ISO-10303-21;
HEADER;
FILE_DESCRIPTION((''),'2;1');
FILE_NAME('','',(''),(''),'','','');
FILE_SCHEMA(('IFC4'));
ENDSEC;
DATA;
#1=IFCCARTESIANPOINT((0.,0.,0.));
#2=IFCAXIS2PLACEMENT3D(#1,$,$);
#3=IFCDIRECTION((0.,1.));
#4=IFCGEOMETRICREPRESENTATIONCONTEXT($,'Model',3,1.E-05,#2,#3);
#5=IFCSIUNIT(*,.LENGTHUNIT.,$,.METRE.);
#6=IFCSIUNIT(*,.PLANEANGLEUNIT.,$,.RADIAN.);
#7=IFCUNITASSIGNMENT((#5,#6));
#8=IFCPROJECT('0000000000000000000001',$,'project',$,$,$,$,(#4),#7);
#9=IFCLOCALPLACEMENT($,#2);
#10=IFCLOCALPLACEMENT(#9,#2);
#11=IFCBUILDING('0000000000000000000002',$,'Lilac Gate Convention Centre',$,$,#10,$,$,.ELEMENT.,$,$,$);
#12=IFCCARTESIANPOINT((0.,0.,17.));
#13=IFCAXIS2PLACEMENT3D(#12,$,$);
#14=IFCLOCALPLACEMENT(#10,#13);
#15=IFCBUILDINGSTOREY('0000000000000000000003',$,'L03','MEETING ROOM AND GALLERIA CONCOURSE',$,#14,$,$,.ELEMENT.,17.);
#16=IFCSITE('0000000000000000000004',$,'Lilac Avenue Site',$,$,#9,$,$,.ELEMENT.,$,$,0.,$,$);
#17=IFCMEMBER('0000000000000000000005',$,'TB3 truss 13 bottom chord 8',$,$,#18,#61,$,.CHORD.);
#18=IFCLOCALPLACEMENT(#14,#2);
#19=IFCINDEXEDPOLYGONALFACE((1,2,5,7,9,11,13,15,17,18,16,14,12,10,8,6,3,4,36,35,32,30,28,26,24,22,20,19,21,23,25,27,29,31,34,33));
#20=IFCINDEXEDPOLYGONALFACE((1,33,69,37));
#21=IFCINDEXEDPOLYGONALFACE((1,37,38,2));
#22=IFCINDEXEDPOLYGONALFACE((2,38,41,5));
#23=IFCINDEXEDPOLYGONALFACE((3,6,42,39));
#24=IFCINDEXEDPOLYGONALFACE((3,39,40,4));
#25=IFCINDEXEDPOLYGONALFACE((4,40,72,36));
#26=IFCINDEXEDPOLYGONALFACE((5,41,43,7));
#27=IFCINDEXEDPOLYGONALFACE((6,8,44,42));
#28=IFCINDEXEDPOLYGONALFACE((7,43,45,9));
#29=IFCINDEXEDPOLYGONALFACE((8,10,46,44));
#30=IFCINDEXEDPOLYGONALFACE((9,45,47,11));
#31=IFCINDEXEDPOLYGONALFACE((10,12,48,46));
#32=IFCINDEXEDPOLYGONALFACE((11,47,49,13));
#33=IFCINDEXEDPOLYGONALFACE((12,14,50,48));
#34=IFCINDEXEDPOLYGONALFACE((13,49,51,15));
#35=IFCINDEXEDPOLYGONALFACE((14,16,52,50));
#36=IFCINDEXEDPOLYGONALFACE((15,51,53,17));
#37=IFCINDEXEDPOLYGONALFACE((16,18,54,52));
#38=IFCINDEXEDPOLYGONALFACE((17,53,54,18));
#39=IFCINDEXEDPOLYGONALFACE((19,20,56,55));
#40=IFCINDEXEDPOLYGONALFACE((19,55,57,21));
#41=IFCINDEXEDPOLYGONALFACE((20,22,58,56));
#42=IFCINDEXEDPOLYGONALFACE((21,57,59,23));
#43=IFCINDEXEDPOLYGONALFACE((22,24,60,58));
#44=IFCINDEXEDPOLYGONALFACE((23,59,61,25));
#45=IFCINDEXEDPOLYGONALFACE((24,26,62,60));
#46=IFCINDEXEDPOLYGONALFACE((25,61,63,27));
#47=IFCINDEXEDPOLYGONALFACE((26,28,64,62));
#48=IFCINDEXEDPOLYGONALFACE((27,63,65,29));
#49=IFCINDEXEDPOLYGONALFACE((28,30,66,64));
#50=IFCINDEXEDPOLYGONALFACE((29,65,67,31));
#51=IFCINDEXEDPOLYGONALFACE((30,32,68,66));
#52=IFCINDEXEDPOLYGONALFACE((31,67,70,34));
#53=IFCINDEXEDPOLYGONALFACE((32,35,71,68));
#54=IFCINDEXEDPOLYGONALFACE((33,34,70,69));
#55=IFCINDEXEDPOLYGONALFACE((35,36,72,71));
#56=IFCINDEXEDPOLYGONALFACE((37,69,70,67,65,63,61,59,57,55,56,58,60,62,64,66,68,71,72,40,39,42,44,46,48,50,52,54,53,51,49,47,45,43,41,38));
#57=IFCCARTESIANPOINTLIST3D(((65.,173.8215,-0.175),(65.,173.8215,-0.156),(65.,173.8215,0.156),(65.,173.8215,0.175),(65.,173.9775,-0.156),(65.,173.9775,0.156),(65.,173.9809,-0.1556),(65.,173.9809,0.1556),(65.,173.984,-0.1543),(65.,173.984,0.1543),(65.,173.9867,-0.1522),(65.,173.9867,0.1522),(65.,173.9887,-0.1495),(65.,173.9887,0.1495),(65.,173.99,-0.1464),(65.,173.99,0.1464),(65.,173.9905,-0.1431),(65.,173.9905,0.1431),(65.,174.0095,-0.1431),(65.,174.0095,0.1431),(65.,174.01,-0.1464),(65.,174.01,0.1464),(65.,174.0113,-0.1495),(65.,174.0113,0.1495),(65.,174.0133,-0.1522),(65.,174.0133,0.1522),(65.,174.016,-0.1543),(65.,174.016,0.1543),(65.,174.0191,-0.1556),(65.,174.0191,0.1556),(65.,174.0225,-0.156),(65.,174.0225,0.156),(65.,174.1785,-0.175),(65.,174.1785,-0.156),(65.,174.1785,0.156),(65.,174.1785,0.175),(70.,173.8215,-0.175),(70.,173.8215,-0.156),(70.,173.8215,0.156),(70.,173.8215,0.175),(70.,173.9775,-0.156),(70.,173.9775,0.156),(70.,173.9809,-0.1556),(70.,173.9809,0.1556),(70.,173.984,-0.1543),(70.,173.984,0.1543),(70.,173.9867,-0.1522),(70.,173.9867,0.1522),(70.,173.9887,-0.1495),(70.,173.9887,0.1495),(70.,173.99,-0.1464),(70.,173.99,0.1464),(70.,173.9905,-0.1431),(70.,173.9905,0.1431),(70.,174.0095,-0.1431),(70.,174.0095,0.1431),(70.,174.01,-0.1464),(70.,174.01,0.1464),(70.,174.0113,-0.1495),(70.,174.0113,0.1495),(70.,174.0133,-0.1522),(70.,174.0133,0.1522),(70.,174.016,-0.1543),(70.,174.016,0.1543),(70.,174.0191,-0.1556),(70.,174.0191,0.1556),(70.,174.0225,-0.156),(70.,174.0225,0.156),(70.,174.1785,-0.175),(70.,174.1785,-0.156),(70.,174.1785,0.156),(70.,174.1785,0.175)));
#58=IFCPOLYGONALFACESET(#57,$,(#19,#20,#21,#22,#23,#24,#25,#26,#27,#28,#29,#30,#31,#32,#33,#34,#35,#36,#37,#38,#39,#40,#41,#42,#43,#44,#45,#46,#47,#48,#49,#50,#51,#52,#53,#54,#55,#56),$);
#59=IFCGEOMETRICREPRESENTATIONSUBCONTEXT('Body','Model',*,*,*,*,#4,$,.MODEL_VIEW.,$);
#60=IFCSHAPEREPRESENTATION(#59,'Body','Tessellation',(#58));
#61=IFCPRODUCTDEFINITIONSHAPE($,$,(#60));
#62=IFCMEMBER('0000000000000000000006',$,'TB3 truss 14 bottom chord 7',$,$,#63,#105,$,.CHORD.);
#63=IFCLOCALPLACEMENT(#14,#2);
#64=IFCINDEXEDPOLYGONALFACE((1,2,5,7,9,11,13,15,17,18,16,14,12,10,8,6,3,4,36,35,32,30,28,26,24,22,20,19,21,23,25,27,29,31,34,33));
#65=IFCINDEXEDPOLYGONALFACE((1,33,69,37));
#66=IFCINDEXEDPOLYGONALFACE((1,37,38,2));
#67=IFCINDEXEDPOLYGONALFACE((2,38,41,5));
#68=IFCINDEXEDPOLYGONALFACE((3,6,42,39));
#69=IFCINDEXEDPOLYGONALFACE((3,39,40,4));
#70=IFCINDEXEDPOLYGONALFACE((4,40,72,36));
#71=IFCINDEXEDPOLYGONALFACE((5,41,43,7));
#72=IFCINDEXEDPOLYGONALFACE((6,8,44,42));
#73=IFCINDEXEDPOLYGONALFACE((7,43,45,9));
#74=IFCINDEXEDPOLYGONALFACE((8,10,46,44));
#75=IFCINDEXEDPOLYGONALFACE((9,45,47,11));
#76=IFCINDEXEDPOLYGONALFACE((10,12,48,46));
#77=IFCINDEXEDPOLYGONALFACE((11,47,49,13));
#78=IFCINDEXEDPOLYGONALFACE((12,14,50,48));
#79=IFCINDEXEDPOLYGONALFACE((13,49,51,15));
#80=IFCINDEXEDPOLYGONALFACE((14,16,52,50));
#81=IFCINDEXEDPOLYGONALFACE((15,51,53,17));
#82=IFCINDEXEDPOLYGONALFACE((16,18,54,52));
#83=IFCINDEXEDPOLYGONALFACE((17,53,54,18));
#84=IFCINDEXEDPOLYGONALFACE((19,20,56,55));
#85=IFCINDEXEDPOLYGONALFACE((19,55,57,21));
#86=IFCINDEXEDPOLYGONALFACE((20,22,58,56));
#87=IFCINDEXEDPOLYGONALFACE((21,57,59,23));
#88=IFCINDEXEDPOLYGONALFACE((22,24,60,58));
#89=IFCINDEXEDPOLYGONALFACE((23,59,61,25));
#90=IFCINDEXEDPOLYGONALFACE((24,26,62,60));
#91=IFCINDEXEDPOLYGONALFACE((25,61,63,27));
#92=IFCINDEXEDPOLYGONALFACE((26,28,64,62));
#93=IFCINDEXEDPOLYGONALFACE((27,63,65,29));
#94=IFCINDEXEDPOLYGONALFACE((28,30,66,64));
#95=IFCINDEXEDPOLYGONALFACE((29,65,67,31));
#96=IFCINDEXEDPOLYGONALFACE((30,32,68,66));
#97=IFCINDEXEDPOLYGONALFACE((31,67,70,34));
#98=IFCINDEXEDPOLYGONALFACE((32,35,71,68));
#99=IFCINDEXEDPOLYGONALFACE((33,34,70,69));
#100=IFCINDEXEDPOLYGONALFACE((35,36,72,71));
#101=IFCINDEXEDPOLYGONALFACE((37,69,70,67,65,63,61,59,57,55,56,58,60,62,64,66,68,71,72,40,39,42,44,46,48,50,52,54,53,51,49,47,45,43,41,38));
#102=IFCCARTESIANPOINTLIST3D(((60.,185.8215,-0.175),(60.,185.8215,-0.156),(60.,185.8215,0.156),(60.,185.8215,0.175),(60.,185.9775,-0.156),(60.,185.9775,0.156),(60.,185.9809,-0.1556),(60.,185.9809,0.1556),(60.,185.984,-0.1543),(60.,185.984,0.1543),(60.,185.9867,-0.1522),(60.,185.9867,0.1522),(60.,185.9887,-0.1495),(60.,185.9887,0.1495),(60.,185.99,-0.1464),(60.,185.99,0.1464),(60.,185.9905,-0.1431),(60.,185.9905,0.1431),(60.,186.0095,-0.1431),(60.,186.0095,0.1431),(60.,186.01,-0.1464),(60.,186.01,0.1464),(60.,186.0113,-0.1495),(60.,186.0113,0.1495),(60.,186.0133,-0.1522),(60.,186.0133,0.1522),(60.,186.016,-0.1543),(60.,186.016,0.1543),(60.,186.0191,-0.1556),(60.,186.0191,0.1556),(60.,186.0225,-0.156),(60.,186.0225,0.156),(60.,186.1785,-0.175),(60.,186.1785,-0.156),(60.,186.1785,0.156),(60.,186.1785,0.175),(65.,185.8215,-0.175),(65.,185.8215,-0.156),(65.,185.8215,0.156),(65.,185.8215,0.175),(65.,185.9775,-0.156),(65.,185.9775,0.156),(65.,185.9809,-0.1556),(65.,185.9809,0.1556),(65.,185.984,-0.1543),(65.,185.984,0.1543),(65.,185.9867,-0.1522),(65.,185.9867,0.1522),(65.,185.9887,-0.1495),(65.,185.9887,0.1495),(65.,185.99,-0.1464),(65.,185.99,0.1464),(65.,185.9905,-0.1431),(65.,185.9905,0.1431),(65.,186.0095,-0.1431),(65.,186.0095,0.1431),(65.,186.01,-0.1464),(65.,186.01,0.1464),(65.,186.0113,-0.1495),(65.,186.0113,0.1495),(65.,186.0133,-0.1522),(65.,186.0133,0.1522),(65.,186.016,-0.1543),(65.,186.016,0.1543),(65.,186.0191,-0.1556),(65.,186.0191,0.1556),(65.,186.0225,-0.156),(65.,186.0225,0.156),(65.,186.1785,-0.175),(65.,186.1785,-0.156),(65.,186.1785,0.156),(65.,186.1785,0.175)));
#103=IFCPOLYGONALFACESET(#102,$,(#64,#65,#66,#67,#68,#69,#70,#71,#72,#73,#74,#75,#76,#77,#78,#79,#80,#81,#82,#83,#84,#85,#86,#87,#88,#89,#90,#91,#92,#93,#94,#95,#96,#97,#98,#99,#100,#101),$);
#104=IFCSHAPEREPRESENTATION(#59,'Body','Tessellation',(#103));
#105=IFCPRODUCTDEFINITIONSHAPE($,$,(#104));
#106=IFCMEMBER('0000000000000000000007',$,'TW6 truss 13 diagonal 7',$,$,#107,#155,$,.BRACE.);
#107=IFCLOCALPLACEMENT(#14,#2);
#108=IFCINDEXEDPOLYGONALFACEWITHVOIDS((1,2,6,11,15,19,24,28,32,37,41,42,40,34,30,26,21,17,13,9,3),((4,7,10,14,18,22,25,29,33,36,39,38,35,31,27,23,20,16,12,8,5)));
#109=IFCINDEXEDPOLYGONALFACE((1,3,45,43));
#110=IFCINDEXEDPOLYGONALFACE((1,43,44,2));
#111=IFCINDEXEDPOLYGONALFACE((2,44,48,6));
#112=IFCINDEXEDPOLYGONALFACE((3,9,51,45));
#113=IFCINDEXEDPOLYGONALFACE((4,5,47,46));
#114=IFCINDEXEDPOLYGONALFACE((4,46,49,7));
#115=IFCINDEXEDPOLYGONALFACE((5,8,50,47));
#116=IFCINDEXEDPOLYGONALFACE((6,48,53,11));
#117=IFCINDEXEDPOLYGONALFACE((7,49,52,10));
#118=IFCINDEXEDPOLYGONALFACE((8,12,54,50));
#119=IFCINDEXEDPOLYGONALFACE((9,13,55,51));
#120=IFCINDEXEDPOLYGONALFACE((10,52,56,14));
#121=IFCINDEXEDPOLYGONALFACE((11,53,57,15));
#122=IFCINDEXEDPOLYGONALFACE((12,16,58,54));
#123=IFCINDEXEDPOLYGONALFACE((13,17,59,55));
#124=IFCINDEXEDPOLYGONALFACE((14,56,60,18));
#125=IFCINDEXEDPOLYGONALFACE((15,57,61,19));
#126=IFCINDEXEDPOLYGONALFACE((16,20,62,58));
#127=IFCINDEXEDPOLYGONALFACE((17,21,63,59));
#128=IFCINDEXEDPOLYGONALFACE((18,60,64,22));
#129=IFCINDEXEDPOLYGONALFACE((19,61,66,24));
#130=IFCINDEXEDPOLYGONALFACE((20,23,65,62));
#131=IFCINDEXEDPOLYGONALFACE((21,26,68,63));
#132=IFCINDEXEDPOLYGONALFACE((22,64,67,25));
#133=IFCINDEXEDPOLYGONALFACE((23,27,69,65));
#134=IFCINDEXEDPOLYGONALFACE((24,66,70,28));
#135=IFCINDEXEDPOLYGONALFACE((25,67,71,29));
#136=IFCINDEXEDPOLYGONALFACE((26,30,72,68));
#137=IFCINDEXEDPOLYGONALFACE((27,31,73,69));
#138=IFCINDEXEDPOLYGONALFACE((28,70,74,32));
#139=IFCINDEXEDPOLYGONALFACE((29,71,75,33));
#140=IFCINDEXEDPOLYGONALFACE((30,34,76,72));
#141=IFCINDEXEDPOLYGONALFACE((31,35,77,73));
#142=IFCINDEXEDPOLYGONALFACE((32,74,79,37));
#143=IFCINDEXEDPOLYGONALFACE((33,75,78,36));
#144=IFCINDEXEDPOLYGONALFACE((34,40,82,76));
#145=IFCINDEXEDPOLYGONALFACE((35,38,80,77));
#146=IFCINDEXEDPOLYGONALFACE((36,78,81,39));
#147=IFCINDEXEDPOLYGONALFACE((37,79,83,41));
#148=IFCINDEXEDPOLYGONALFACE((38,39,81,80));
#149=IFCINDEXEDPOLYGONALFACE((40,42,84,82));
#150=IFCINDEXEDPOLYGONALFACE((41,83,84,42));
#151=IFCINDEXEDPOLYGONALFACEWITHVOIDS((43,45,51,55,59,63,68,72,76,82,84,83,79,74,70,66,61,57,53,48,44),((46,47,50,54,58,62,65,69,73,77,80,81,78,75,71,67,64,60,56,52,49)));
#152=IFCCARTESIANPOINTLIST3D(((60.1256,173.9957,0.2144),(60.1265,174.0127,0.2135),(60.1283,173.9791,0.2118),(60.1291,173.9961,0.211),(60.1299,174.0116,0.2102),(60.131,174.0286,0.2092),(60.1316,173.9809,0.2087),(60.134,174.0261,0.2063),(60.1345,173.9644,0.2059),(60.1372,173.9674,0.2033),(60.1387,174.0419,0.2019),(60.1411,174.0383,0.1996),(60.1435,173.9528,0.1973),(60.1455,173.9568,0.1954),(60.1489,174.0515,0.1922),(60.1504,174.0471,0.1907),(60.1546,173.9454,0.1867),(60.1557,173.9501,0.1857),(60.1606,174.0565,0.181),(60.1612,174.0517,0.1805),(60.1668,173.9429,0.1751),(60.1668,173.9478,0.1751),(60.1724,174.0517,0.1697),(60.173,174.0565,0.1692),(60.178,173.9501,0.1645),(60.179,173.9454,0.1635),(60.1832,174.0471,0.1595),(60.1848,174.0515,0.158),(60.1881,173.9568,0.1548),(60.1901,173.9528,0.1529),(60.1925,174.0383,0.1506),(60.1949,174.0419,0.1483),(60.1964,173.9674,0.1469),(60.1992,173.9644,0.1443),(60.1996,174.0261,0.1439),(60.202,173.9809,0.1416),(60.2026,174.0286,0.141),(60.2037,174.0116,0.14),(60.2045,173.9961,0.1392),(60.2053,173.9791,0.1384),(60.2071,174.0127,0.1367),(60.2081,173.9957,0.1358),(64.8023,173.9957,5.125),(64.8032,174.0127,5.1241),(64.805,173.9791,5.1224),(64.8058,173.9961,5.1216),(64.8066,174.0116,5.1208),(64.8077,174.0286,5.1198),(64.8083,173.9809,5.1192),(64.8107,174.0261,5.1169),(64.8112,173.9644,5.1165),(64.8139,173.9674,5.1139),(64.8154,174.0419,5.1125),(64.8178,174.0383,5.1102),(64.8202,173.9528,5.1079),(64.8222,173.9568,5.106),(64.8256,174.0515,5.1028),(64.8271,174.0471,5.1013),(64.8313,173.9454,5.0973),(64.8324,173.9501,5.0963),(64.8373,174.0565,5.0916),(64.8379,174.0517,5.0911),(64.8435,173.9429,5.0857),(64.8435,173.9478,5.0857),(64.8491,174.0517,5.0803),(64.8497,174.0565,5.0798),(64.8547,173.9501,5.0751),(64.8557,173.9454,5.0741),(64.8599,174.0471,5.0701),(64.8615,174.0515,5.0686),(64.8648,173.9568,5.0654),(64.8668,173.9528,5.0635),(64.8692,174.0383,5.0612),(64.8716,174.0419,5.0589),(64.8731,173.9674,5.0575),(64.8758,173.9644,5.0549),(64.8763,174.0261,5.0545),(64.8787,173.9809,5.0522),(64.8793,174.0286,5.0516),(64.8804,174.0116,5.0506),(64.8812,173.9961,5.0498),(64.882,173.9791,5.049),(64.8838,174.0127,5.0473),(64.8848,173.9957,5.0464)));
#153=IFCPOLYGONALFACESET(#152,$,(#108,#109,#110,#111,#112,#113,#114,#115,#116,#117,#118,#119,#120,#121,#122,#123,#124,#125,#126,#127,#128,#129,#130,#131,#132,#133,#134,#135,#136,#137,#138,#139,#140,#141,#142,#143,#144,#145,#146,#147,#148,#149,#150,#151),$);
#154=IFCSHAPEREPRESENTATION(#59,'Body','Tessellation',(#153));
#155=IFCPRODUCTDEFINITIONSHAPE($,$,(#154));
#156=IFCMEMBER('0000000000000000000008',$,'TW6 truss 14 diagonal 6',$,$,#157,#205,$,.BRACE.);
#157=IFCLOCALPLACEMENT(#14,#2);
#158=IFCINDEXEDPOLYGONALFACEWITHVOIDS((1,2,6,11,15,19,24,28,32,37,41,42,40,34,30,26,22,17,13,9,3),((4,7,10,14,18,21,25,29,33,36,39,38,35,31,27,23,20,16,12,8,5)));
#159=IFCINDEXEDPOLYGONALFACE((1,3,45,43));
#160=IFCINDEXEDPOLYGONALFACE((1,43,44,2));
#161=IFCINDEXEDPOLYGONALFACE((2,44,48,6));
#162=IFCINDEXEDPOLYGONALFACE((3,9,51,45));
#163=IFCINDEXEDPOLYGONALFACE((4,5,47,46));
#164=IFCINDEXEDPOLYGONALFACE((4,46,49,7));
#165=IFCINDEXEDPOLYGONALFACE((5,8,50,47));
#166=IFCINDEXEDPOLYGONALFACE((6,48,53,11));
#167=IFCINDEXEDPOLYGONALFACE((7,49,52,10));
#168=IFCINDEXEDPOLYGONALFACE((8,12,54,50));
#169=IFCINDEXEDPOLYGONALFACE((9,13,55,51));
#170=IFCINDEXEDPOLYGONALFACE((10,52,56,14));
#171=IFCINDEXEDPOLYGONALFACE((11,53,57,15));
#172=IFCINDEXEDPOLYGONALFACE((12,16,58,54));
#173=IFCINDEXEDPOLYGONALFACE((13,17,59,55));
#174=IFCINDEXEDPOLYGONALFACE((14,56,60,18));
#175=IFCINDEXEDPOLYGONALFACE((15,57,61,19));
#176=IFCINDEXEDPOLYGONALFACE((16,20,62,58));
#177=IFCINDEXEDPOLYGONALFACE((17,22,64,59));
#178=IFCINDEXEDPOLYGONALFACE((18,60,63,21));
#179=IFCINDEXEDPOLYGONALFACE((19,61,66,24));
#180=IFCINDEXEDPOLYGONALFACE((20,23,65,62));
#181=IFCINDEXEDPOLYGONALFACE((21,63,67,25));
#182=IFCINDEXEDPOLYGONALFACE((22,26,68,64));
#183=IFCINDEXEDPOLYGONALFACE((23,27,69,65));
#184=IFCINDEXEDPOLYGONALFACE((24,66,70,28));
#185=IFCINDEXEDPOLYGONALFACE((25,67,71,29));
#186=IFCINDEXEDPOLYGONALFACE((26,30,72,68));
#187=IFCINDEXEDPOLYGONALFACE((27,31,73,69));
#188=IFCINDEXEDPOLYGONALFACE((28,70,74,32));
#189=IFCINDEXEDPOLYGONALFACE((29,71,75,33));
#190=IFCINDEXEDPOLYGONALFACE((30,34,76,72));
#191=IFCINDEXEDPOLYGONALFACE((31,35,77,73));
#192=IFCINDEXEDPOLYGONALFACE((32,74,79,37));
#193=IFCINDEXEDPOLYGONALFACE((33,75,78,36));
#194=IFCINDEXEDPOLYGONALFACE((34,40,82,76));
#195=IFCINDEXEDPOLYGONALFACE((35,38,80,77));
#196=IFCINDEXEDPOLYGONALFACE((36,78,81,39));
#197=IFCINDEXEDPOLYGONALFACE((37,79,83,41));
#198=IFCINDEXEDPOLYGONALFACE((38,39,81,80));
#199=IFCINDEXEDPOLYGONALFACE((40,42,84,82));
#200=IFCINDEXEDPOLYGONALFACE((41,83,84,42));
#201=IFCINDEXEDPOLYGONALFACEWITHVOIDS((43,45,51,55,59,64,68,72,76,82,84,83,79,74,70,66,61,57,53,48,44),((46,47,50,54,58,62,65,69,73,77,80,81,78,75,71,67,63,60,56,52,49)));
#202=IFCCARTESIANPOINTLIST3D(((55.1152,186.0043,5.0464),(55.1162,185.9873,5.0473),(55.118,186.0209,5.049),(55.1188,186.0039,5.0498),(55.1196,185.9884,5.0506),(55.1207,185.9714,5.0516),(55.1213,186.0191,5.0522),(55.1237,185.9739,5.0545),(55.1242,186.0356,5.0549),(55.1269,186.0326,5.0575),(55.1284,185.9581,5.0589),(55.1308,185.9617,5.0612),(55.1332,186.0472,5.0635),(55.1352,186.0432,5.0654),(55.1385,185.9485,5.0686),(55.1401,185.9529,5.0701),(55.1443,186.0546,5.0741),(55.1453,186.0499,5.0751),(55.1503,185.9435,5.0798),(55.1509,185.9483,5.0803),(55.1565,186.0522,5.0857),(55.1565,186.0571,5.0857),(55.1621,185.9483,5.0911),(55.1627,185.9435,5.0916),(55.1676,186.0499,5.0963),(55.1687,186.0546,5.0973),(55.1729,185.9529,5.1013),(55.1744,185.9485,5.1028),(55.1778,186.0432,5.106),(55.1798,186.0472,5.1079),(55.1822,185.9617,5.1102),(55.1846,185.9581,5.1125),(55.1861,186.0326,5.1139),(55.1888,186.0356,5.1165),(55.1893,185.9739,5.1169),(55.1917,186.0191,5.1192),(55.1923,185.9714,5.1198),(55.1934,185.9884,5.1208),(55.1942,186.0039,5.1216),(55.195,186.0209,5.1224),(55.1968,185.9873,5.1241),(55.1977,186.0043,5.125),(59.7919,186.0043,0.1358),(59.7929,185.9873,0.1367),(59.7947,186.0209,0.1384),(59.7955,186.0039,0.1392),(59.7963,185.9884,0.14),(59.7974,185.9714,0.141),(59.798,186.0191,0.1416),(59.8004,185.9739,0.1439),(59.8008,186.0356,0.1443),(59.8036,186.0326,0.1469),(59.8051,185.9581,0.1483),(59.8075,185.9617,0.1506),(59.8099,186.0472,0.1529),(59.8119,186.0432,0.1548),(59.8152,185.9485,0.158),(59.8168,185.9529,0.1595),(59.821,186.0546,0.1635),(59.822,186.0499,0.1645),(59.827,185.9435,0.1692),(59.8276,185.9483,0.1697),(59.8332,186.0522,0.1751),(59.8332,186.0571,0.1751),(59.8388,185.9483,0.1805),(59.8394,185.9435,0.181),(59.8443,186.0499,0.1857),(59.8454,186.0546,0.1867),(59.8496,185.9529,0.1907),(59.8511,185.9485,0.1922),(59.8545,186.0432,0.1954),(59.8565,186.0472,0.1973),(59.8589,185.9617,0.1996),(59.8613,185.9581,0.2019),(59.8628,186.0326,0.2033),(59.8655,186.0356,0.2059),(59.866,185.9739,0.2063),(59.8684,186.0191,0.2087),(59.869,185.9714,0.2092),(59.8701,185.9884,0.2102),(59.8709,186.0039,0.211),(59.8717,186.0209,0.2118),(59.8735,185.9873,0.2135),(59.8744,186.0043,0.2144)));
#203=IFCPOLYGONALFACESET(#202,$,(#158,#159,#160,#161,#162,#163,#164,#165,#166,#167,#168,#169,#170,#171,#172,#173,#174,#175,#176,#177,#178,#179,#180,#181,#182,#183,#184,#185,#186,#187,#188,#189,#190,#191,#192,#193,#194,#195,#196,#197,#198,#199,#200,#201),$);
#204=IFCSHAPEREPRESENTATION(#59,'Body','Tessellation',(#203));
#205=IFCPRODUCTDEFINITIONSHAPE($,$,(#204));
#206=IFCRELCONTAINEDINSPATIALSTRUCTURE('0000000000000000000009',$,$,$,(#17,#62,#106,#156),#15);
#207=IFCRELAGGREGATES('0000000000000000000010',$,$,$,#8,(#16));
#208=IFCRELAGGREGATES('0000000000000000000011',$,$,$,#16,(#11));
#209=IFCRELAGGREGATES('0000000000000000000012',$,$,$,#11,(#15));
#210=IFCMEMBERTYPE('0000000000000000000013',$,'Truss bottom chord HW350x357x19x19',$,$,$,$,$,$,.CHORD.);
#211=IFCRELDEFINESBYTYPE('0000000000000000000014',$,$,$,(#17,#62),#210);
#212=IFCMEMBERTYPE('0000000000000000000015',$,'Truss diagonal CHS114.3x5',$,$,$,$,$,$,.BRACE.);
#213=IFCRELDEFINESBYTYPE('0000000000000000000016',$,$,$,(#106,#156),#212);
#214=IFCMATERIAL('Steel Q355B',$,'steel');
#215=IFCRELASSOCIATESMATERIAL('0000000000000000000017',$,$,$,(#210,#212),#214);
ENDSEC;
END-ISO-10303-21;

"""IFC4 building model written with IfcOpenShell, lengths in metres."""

from ifc_helpers import new_model, si_unit, direction, frame, origin, origin_2d, place, context, subcontext, project, spatial, hollow_circle, i_section, extrude, material, material_profile, profile_set, type_object, element, save


model = new_model("IFC4")

# Units and contexts
model_context = context("Model", 3, precision=1e-05, world=origin(), true_north=direction((0.0, 1.0)))
body_context = subcontext(model_context, "Body", "Model", "MODEL_VIEW")
ifc_project = project(units=[si_unit("LENGTHUNIT", "METRE"), si_unit("PLANEANGLEUNIT", "RADIAN")], contexts=[model_context])

# Site, building, storey
site_placement = place(None, origin())
site = spatial("IfcSite", under=ifc_project, at=site_placement, Name="Lilac Avenue Site", CompositionType="ELEMENT", RefElevation=0.0)
building_placement = place(site_placement, origin())
building = spatial("IfcBuilding", under=site, at=building_placement, Name="Lilac Gate Convention Centre", CompositionType="ELEMENT")
storey_placement = place(building_placement, frame((0.0, 0.0, 17.0)))
storey = spatial("IfcBuildingStorey", under=building, at=storey_placement, Name="L03", Description="MEETING ROOM AND GALLERIA CONCOURSE", CompositionType="ELEMENT", Elevation=17.0)

# Members
ifc_material = material(Name="Steel Q355B", Category="steel")
ifc_material_profile_1 = material_profile(ifc_material, i_section(OverallWidth=0.3569, OverallDepth=0.3501, WebThickness=0.019, FlangeThickness=0.019, FilletRadius=0.0129, at=origin_2d()), Name="HW350x357x19x19")
ifc_profile_set_1 = profile_set([ifc_material_profile_1], Name="Steel Q355B")
member_type_1 = type_object("IfcMemberType", Name="Truss bottom chord HW350x357x19x19", PredefinedType="CHORD", material=ifc_profile_set_1)
for number, where, z_axis, x_axis, name in (
    (1, (65.0, 174.0, 0.0), (1.0, 0.0, 0.0), (0.0, 1.0, 0.0), "TB3 truss 13 bottom chord 8"),
    (2, (60.0, 186.0, 0.0), (1.0, 0.0, 0.0), (0.0, 1.0, 0.0), "TB3 truss 14 bottom chord 7"),
):
    element("IfcMember", number, at=place(storey_placement, frame(where, z_axis=z_axis, x_axis=x_axis)), inside=storey, type_object=member_type_1, Name=name, PredefinedType="CHORD", context=body_context, shape_type="SweptSolid", body=[
        extrude(i_section(OverallWidth=0.3569, OverallDepth=0.3501, WebThickness=0.019, FlangeThickness=0.019, FilletRadius=0.0129, at=origin_2d()), origin(), (0.0, 0.0, 1.0), 5.0),
    ])
ifc_material_profile_2 = material_profile(ifc_material, hollow_circle(Radius=0.0571, WallThickness=0.0049, at=origin_2d()), Name="CHS114.3x5")
ifc_profile_set_2 = profile_set([ifc_material_profile_2], Name="Steel Q355B")
member_type_2 = type_object("IfcMemberType", Name="Truss diagonal CHS114.3x5", PredefinedType="BRACE", material=ifc_profile_set_2)
for number, where, z_axis, x_axis, name in (
    (3, (64.8435, 174.0, 5.0857), (-0.689652, 0.0, -0.724141), (0.0, -1.0, 0.0), "TW6 truss 13 diagonal 7"),
    (4, (55.1565, 186.0, 5.0857), (0.689652, 0.0, -0.724141), (0.0, 1.0, 0.0), "TW6 truss 14 diagonal 6"),
):
    element("IfcMember", number, at=place(storey_placement, frame(where, z_axis=z_axis, x_axis=x_axis)), inside=storey, type_object=member_type_2, Name=name, PredefinedType="BRACE", context=body_context, shape_type="SweptSolid", body=[
        extrude(hollow_circle(Radius=0.0571, WallThickness=0.0049, at=origin_2d()), origin(), (0.0, 0.0, 1.0), 6.7812),
    ])

save(model, "model.ifc")
